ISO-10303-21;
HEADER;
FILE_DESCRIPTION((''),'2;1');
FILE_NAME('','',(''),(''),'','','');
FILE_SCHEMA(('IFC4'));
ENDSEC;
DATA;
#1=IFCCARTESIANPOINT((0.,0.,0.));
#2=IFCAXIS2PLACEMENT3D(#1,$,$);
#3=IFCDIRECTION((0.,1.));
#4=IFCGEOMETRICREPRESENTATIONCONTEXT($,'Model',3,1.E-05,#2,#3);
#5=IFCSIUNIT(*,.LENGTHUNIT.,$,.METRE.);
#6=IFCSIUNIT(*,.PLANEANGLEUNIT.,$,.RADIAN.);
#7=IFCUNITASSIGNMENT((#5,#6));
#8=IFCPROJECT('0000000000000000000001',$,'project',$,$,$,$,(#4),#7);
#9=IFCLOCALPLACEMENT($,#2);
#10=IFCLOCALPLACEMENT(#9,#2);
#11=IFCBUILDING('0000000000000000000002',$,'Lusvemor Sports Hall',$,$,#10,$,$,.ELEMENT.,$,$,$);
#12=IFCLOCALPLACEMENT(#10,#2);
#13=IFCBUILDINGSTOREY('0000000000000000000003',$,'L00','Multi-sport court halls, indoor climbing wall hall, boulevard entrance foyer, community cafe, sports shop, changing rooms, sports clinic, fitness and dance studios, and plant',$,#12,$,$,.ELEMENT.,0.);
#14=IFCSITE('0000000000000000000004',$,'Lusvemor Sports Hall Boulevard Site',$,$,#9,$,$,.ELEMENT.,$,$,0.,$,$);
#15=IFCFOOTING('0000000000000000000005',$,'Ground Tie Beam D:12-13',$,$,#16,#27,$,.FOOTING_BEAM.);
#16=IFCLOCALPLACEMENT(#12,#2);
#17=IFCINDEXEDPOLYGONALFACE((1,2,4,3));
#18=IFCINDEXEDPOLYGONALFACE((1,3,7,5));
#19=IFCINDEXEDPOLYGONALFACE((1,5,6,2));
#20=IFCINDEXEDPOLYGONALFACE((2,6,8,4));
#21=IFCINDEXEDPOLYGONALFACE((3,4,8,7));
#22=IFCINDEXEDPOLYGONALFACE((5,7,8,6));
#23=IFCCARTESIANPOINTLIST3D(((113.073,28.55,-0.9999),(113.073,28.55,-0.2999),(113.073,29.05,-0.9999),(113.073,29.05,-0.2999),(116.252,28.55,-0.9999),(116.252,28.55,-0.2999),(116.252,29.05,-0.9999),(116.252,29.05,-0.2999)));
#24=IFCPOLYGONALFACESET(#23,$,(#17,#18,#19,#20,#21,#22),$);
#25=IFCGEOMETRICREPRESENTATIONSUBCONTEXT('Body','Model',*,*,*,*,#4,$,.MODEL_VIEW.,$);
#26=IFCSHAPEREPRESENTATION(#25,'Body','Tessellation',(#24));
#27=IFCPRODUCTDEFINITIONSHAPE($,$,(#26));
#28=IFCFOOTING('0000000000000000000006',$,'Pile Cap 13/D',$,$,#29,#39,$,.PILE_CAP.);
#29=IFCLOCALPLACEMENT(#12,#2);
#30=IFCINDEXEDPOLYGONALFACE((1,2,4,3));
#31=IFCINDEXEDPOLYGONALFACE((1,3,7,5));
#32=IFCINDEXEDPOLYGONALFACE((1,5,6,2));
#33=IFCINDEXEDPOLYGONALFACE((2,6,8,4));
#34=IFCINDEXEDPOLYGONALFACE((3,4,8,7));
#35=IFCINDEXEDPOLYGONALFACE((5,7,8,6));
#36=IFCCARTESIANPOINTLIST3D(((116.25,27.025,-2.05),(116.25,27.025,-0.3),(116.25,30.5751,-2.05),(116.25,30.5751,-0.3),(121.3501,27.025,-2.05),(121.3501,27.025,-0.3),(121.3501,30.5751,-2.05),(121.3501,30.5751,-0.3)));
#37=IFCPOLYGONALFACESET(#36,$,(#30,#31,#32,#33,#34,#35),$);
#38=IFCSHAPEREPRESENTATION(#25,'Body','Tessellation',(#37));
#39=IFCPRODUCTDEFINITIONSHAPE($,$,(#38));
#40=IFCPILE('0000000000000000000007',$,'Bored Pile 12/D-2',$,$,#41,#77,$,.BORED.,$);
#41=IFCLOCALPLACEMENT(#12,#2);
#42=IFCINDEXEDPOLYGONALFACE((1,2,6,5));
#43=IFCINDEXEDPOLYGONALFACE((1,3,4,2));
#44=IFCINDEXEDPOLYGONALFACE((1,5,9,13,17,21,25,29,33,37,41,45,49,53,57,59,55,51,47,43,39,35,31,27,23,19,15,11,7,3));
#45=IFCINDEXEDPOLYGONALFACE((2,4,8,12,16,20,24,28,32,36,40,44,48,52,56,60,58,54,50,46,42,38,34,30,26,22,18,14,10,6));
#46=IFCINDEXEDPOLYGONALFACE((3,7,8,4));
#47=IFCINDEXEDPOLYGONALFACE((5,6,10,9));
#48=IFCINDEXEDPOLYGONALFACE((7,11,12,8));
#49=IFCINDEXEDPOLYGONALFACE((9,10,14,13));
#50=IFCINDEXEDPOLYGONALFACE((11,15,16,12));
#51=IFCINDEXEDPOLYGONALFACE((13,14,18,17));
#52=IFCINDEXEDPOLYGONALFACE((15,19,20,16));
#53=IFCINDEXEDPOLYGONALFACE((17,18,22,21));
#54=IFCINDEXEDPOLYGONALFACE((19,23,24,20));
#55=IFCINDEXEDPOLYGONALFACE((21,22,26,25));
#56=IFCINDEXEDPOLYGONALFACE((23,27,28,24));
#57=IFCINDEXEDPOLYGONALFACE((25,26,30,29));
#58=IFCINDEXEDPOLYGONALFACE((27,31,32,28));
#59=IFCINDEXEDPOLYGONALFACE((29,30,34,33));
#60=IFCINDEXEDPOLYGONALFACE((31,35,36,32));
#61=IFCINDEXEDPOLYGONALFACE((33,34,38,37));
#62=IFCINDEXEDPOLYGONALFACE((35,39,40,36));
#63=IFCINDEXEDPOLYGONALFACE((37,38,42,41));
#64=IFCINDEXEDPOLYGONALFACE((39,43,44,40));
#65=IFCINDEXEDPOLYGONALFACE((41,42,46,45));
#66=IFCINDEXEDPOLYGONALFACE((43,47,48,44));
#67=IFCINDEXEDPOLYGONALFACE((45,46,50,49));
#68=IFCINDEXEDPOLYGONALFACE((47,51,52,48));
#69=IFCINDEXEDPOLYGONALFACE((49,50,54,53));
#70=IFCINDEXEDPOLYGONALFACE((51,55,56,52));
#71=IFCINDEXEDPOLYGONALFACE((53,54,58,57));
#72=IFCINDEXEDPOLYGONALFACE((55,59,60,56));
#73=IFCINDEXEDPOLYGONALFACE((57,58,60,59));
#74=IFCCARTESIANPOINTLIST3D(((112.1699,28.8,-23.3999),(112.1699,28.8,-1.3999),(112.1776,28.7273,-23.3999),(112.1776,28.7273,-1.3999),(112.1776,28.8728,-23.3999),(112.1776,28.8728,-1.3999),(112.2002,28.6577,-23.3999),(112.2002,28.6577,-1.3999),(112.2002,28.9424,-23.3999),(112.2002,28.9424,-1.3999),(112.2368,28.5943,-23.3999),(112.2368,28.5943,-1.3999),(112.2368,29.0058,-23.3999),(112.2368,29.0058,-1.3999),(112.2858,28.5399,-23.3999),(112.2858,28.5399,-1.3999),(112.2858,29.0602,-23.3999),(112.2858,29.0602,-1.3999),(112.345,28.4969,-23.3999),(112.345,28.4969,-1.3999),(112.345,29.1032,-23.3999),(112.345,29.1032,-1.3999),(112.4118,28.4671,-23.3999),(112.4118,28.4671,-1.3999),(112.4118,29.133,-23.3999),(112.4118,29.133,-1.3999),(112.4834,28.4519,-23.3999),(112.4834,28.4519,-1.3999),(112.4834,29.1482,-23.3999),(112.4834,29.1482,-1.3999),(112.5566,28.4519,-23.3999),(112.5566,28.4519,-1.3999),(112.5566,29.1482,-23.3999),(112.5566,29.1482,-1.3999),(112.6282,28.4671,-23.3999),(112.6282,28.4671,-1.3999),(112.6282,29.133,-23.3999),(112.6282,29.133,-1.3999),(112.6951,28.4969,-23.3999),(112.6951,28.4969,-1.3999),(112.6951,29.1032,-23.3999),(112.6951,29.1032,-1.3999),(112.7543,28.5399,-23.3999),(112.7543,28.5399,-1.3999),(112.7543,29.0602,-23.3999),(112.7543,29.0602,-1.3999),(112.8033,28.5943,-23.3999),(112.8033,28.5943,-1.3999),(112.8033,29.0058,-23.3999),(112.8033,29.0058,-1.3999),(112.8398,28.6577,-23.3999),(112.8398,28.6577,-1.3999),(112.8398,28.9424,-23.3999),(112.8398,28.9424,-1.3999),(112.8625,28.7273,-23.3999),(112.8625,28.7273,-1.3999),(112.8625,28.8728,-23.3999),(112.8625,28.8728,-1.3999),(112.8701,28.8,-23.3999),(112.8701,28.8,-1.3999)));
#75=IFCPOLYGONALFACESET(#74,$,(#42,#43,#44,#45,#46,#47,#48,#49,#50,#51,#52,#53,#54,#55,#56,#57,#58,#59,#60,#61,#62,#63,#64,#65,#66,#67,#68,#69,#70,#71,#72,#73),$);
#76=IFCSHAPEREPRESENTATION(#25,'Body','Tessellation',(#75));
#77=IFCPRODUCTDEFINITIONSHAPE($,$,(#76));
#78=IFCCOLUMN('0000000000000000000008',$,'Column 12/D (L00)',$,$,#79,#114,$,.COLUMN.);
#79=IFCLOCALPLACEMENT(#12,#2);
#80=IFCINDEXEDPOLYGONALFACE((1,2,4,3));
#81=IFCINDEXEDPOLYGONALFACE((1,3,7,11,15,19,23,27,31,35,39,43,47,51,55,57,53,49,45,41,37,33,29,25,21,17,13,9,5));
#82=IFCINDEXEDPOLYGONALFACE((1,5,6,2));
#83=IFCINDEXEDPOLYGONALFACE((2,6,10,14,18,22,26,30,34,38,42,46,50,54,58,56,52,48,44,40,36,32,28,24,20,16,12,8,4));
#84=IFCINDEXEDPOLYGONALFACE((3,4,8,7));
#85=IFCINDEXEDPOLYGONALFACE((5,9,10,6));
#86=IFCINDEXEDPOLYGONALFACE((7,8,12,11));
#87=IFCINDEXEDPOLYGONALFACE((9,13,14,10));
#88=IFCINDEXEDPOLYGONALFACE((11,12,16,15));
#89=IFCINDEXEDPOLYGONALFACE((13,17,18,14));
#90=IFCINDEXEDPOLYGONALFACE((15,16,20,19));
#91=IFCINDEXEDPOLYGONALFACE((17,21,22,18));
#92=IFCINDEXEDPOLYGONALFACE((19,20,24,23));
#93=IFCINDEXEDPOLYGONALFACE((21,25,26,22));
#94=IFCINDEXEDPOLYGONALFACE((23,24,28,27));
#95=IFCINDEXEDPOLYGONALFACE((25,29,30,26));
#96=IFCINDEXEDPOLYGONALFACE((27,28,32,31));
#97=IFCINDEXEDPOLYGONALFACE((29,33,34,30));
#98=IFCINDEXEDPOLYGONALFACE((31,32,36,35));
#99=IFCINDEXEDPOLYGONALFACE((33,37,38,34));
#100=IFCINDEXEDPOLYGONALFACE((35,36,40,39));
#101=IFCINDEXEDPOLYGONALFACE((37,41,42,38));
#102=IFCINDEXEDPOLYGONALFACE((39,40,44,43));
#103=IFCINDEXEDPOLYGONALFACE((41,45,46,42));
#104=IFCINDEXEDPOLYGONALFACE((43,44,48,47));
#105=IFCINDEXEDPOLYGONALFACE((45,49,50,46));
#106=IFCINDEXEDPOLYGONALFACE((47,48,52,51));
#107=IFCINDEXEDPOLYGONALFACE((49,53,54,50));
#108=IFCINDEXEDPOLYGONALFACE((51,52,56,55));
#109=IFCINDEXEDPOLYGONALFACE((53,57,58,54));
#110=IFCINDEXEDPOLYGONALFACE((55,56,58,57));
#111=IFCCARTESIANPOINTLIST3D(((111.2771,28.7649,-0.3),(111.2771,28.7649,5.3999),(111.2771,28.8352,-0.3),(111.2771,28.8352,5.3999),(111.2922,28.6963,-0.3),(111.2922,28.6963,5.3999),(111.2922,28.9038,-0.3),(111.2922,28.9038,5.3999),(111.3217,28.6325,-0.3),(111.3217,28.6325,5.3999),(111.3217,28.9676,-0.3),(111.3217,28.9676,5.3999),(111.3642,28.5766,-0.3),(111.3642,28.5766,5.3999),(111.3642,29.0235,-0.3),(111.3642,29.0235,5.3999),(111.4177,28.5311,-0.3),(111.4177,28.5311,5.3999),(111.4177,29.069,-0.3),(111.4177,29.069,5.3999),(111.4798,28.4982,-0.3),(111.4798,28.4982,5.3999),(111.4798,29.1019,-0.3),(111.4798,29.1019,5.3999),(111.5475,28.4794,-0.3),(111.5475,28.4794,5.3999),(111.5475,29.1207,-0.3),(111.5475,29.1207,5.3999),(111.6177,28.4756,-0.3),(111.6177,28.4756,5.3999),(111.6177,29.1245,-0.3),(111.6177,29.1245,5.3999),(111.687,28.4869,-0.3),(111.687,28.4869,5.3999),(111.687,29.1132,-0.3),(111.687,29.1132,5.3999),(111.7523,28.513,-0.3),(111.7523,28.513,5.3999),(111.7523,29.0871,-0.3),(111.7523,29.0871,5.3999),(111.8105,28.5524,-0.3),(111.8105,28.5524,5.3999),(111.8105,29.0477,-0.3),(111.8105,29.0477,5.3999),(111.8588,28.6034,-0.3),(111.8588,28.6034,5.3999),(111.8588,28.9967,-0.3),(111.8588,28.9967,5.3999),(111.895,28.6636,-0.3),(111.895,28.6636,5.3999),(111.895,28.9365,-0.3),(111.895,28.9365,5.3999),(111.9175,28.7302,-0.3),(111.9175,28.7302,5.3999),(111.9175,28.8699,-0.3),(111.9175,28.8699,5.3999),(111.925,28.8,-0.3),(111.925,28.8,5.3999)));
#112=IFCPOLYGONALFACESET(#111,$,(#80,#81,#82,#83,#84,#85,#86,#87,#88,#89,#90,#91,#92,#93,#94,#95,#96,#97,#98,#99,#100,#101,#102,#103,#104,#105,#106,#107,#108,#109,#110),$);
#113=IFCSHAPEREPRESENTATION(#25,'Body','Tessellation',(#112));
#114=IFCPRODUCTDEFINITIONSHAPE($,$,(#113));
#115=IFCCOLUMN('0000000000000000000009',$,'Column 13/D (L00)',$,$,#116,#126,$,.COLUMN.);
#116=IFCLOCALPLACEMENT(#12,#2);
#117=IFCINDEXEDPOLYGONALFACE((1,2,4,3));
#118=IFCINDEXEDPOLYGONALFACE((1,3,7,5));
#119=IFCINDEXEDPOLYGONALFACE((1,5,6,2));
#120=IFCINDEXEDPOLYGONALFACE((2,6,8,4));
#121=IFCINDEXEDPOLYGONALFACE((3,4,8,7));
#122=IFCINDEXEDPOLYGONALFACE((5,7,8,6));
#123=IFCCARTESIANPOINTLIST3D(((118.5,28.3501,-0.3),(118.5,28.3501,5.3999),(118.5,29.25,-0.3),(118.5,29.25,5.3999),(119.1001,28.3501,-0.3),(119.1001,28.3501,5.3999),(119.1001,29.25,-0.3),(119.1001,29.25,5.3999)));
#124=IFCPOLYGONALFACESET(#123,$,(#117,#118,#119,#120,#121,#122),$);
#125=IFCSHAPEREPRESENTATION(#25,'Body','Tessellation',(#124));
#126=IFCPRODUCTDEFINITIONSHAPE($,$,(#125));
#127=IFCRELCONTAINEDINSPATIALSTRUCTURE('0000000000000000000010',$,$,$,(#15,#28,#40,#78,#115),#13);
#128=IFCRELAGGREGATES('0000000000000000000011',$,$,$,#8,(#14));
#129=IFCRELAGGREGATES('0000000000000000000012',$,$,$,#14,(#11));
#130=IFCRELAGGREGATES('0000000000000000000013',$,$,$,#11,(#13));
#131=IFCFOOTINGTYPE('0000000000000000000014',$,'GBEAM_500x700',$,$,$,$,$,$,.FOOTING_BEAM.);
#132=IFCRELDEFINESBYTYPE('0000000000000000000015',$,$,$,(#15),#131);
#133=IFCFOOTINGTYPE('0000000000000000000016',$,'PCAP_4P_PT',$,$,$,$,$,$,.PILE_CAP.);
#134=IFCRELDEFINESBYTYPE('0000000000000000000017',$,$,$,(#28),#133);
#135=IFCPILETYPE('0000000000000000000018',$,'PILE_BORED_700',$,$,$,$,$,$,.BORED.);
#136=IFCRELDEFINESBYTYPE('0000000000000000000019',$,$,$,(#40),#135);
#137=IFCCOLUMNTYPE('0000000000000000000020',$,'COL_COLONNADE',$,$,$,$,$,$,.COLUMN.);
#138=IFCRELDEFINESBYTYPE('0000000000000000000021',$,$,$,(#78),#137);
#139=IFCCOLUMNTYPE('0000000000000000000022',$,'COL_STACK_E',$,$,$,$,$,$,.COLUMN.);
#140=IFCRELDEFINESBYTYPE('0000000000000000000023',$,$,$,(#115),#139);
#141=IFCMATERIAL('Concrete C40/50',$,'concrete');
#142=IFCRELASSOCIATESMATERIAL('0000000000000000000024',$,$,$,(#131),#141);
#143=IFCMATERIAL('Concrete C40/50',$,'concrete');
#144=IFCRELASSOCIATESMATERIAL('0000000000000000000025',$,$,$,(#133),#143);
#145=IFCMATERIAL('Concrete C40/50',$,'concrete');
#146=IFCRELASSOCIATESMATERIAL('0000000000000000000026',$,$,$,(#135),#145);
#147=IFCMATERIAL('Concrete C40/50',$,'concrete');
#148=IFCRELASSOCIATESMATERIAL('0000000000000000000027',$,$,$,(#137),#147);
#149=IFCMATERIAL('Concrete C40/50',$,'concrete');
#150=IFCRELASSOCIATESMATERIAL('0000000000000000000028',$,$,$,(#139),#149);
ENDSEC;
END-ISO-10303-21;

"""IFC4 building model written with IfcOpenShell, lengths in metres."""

from ifc_helpers import new_model, si_unit, direction, frame, origin, origin_2d, place, context, subcontext, project, spatial, rectangle, circle, extrude, material, material_profile, profile_set, type_object, element, save


model = new_model("IFC4")

# Units and contexts
model_context = context("Model", 3, precision=1e-05, world=origin(), true_north=direction((0.0, 1.0)))
body_context = subcontext(model_context, "Body", "Model", "MODEL_VIEW")
ifc_project = project(units=[si_unit("LENGTHUNIT", "METRE"), si_unit("PLANEANGLEUNIT", "RADIAN")], contexts=[model_context])

# Site, building, storey
site_placement = place(None, origin())
site = spatial("IfcSite", under=ifc_project, at=site_placement, Name="Lusvemor Sports Hall Boulevard Site", CompositionType="ELEMENT", RefElevation=0.0)
building_placement = place(site_placement, origin())
building = spatial("IfcBuilding", under=site, at=building_placement, Name="Lusvemor Sports Hall", CompositionType="ELEMENT")
storey_placement = place(building_placement, origin())
storey = spatial("IfcBuildingStorey", under=building, at=storey_placement, Name="L00", Description="Multi-sport court halls, indoor climbing wall hall, boulevard entrance foyer, community cafe, sports shop, changing rooms, sports clinic, fitness and dance studios, and plant", CompositionType="ELEMENT", Elevation=0.0)

# Footings
ifc_material_1 = material(Name="Concrete C40/50", Category="concrete")
ifc_material_profile_1 = material_profile(ifc_material_1, rectangle(XDim=0.5, YDim=0.7, at=origin_2d()), Name="GB_500x700")
ifc_profile_set_1 = profile_set([ifc_material_profile_1], Name="Concrete C40/50")
footing_type_1 = type_object("IfcFootingType", Name="GBEAM_500x700", PredefinedType="FOOTING_BEAM", material=ifc_profile_set_1)
footing_1_placement = place(storey_placement, frame((113.073, 28.8, -0.6499), z_axis=(1.0, 0.0, 0.0), x_axis=(0.0, 1.0, 0.0)))
element("IfcFooting", 1, at=footing_1_placement, inside=storey, type_object=footing_type_1, Name="Ground Tie Beam D:12-13", PredefinedType="FOOTING_BEAM", context=body_context, shape_type="SweptSolid", body=[
    extrude(rectangle(XDim=0.5, YDim=0.7, at=origin_2d()), origin(), (0.0, 0.0, 1.0), 3.179),
])
ifc_material_2 = material(Name="Concrete C40/50", Category="concrete")
footing_type_2 = type_object("IfcFootingType", Name="PCAP_4P_PT", PredefinedType="PILE_CAP", material=ifc_material_2)
footing_2_placement = place(storey_placement, frame((118.8, 28.8, -2.05), z_axis=(0.0, 0.0, 1.0), x_axis=(1.0, 0.0, 0.0)))
element("IfcFooting", 2, at=footing_2_placement, inside=storey, type_object=footing_type_2, Name="Pile Cap 13/D", PredefinedType="PILE_CAP", context=body_context, shape_type="SweptSolid", body=[
    extrude(rectangle(XDim=5.1001, YDim=3.55, at=origin_2d()), origin(), (0.0, 0.0, 1.0), 1.75),
])

# Pile
ifc_material_3 = material(Name="Concrete C40/50", Category="concrete")
ifc_material_profile_2 = material_profile(ifc_material_3, circle(Radius=0.3501, at=origin_2d()), Name="PILE700")
ifc_profile_set_2 = profile_set([ifc_material_profile_2], Name="Concrete C40/50")
pile_type = type_object("IfcPileType", Name="PILE_BORED_700", PredefinedType="BORED", material=ifc_profile_set_2)
pile_placement = place(storey_placement, frame((112.52, 28.8, -1.3999), z_axis=(0.0, 0.0, -1.0), x_axis=(1.0, 0.0, 0.0)))
element("IfcPile", 3, at=pile_placement, inside=storey, type_object=pile_type, Name="Bored Pile 12/D-2", PredefinedType="BORED", context=body_context, shape_type="SweptSolid", body=[
    extrude(circle(Radius=0.3501, at=origin_2d()), origin(), (0.0, 0.0, 1.0), 22.0),
])

# Columns
ifc_material_4 = material(Name="Concrete C40/50", Category="concrete")
ifc_material_profile_3 = material_profile(ifc_material_4, circle(Radius=0.325, at=origin_2d()), Name="RCCIRC650")
ifc_profile_set_3 = profile_set([ifc_material_profile_3], Name="Concrete C40/50")
column_type_1 = type_object("IfcColumnType", Name="COL_COLONNADE", PredefinedType="COLUMN", material=ifc_profile_set_3)
column_1_placement = place(storey_placement, frame((111.6001, 28.8, -0.3), z_axis=(0.0, 0.0, 1.0), x_axis=(1.0, 0.0, 0.0)))
element("IfcColumn", 4, at=column_1_placement, inside=storey, type_object=column_type_1, Name="Column 12/D (L00)", PredefinedType="COLUMN", context=body_context, shape_type="SweptSolid", body=[
    extrude(circle(Radius=0.325, at=origin_2d()), origin(), (0.0, 0.0, 1.0), 5.7),
])
ifc_material_5 = material(Name="Concrete C40/50", Category="concrete")
ifc_material_profile_4 = material_profile(ifc_material_5, rectangle(XDim=0.6001, YDim=0.8999, at=origin_2d()), Name="RC600x900")
ifc_profile_set_4 = profile_set([ifc_material_profile_4], Name="Concrete C40/50")
column_type_2 = type_object("IfcColumnType", Name="COL_STACK_E", PredefinedType="COLUMN", material=ifc_profile_set_4)
column_2_placement = place(storey_placement, frame((118.8, 28.8, -0.3), z_axis=(0.0, 0.0, 1.0), x_axis=(1.0, 0.0, 0.0)))
element("IfcColumn", 5, at=column_2_placement, inside=storey, type_object=column_type_2, Name="Column 13/D (L00)", PredefinedType="COLUMN", context=body_context, shape_type="SweptSolid", body=[
    extrude(rectangle(XDim=0.6001, YDim=0.8999, at=origin_2d()), origin(), (0.0, 0.0, 1.0), 5.7),
])

save(model, "model.ifc")
